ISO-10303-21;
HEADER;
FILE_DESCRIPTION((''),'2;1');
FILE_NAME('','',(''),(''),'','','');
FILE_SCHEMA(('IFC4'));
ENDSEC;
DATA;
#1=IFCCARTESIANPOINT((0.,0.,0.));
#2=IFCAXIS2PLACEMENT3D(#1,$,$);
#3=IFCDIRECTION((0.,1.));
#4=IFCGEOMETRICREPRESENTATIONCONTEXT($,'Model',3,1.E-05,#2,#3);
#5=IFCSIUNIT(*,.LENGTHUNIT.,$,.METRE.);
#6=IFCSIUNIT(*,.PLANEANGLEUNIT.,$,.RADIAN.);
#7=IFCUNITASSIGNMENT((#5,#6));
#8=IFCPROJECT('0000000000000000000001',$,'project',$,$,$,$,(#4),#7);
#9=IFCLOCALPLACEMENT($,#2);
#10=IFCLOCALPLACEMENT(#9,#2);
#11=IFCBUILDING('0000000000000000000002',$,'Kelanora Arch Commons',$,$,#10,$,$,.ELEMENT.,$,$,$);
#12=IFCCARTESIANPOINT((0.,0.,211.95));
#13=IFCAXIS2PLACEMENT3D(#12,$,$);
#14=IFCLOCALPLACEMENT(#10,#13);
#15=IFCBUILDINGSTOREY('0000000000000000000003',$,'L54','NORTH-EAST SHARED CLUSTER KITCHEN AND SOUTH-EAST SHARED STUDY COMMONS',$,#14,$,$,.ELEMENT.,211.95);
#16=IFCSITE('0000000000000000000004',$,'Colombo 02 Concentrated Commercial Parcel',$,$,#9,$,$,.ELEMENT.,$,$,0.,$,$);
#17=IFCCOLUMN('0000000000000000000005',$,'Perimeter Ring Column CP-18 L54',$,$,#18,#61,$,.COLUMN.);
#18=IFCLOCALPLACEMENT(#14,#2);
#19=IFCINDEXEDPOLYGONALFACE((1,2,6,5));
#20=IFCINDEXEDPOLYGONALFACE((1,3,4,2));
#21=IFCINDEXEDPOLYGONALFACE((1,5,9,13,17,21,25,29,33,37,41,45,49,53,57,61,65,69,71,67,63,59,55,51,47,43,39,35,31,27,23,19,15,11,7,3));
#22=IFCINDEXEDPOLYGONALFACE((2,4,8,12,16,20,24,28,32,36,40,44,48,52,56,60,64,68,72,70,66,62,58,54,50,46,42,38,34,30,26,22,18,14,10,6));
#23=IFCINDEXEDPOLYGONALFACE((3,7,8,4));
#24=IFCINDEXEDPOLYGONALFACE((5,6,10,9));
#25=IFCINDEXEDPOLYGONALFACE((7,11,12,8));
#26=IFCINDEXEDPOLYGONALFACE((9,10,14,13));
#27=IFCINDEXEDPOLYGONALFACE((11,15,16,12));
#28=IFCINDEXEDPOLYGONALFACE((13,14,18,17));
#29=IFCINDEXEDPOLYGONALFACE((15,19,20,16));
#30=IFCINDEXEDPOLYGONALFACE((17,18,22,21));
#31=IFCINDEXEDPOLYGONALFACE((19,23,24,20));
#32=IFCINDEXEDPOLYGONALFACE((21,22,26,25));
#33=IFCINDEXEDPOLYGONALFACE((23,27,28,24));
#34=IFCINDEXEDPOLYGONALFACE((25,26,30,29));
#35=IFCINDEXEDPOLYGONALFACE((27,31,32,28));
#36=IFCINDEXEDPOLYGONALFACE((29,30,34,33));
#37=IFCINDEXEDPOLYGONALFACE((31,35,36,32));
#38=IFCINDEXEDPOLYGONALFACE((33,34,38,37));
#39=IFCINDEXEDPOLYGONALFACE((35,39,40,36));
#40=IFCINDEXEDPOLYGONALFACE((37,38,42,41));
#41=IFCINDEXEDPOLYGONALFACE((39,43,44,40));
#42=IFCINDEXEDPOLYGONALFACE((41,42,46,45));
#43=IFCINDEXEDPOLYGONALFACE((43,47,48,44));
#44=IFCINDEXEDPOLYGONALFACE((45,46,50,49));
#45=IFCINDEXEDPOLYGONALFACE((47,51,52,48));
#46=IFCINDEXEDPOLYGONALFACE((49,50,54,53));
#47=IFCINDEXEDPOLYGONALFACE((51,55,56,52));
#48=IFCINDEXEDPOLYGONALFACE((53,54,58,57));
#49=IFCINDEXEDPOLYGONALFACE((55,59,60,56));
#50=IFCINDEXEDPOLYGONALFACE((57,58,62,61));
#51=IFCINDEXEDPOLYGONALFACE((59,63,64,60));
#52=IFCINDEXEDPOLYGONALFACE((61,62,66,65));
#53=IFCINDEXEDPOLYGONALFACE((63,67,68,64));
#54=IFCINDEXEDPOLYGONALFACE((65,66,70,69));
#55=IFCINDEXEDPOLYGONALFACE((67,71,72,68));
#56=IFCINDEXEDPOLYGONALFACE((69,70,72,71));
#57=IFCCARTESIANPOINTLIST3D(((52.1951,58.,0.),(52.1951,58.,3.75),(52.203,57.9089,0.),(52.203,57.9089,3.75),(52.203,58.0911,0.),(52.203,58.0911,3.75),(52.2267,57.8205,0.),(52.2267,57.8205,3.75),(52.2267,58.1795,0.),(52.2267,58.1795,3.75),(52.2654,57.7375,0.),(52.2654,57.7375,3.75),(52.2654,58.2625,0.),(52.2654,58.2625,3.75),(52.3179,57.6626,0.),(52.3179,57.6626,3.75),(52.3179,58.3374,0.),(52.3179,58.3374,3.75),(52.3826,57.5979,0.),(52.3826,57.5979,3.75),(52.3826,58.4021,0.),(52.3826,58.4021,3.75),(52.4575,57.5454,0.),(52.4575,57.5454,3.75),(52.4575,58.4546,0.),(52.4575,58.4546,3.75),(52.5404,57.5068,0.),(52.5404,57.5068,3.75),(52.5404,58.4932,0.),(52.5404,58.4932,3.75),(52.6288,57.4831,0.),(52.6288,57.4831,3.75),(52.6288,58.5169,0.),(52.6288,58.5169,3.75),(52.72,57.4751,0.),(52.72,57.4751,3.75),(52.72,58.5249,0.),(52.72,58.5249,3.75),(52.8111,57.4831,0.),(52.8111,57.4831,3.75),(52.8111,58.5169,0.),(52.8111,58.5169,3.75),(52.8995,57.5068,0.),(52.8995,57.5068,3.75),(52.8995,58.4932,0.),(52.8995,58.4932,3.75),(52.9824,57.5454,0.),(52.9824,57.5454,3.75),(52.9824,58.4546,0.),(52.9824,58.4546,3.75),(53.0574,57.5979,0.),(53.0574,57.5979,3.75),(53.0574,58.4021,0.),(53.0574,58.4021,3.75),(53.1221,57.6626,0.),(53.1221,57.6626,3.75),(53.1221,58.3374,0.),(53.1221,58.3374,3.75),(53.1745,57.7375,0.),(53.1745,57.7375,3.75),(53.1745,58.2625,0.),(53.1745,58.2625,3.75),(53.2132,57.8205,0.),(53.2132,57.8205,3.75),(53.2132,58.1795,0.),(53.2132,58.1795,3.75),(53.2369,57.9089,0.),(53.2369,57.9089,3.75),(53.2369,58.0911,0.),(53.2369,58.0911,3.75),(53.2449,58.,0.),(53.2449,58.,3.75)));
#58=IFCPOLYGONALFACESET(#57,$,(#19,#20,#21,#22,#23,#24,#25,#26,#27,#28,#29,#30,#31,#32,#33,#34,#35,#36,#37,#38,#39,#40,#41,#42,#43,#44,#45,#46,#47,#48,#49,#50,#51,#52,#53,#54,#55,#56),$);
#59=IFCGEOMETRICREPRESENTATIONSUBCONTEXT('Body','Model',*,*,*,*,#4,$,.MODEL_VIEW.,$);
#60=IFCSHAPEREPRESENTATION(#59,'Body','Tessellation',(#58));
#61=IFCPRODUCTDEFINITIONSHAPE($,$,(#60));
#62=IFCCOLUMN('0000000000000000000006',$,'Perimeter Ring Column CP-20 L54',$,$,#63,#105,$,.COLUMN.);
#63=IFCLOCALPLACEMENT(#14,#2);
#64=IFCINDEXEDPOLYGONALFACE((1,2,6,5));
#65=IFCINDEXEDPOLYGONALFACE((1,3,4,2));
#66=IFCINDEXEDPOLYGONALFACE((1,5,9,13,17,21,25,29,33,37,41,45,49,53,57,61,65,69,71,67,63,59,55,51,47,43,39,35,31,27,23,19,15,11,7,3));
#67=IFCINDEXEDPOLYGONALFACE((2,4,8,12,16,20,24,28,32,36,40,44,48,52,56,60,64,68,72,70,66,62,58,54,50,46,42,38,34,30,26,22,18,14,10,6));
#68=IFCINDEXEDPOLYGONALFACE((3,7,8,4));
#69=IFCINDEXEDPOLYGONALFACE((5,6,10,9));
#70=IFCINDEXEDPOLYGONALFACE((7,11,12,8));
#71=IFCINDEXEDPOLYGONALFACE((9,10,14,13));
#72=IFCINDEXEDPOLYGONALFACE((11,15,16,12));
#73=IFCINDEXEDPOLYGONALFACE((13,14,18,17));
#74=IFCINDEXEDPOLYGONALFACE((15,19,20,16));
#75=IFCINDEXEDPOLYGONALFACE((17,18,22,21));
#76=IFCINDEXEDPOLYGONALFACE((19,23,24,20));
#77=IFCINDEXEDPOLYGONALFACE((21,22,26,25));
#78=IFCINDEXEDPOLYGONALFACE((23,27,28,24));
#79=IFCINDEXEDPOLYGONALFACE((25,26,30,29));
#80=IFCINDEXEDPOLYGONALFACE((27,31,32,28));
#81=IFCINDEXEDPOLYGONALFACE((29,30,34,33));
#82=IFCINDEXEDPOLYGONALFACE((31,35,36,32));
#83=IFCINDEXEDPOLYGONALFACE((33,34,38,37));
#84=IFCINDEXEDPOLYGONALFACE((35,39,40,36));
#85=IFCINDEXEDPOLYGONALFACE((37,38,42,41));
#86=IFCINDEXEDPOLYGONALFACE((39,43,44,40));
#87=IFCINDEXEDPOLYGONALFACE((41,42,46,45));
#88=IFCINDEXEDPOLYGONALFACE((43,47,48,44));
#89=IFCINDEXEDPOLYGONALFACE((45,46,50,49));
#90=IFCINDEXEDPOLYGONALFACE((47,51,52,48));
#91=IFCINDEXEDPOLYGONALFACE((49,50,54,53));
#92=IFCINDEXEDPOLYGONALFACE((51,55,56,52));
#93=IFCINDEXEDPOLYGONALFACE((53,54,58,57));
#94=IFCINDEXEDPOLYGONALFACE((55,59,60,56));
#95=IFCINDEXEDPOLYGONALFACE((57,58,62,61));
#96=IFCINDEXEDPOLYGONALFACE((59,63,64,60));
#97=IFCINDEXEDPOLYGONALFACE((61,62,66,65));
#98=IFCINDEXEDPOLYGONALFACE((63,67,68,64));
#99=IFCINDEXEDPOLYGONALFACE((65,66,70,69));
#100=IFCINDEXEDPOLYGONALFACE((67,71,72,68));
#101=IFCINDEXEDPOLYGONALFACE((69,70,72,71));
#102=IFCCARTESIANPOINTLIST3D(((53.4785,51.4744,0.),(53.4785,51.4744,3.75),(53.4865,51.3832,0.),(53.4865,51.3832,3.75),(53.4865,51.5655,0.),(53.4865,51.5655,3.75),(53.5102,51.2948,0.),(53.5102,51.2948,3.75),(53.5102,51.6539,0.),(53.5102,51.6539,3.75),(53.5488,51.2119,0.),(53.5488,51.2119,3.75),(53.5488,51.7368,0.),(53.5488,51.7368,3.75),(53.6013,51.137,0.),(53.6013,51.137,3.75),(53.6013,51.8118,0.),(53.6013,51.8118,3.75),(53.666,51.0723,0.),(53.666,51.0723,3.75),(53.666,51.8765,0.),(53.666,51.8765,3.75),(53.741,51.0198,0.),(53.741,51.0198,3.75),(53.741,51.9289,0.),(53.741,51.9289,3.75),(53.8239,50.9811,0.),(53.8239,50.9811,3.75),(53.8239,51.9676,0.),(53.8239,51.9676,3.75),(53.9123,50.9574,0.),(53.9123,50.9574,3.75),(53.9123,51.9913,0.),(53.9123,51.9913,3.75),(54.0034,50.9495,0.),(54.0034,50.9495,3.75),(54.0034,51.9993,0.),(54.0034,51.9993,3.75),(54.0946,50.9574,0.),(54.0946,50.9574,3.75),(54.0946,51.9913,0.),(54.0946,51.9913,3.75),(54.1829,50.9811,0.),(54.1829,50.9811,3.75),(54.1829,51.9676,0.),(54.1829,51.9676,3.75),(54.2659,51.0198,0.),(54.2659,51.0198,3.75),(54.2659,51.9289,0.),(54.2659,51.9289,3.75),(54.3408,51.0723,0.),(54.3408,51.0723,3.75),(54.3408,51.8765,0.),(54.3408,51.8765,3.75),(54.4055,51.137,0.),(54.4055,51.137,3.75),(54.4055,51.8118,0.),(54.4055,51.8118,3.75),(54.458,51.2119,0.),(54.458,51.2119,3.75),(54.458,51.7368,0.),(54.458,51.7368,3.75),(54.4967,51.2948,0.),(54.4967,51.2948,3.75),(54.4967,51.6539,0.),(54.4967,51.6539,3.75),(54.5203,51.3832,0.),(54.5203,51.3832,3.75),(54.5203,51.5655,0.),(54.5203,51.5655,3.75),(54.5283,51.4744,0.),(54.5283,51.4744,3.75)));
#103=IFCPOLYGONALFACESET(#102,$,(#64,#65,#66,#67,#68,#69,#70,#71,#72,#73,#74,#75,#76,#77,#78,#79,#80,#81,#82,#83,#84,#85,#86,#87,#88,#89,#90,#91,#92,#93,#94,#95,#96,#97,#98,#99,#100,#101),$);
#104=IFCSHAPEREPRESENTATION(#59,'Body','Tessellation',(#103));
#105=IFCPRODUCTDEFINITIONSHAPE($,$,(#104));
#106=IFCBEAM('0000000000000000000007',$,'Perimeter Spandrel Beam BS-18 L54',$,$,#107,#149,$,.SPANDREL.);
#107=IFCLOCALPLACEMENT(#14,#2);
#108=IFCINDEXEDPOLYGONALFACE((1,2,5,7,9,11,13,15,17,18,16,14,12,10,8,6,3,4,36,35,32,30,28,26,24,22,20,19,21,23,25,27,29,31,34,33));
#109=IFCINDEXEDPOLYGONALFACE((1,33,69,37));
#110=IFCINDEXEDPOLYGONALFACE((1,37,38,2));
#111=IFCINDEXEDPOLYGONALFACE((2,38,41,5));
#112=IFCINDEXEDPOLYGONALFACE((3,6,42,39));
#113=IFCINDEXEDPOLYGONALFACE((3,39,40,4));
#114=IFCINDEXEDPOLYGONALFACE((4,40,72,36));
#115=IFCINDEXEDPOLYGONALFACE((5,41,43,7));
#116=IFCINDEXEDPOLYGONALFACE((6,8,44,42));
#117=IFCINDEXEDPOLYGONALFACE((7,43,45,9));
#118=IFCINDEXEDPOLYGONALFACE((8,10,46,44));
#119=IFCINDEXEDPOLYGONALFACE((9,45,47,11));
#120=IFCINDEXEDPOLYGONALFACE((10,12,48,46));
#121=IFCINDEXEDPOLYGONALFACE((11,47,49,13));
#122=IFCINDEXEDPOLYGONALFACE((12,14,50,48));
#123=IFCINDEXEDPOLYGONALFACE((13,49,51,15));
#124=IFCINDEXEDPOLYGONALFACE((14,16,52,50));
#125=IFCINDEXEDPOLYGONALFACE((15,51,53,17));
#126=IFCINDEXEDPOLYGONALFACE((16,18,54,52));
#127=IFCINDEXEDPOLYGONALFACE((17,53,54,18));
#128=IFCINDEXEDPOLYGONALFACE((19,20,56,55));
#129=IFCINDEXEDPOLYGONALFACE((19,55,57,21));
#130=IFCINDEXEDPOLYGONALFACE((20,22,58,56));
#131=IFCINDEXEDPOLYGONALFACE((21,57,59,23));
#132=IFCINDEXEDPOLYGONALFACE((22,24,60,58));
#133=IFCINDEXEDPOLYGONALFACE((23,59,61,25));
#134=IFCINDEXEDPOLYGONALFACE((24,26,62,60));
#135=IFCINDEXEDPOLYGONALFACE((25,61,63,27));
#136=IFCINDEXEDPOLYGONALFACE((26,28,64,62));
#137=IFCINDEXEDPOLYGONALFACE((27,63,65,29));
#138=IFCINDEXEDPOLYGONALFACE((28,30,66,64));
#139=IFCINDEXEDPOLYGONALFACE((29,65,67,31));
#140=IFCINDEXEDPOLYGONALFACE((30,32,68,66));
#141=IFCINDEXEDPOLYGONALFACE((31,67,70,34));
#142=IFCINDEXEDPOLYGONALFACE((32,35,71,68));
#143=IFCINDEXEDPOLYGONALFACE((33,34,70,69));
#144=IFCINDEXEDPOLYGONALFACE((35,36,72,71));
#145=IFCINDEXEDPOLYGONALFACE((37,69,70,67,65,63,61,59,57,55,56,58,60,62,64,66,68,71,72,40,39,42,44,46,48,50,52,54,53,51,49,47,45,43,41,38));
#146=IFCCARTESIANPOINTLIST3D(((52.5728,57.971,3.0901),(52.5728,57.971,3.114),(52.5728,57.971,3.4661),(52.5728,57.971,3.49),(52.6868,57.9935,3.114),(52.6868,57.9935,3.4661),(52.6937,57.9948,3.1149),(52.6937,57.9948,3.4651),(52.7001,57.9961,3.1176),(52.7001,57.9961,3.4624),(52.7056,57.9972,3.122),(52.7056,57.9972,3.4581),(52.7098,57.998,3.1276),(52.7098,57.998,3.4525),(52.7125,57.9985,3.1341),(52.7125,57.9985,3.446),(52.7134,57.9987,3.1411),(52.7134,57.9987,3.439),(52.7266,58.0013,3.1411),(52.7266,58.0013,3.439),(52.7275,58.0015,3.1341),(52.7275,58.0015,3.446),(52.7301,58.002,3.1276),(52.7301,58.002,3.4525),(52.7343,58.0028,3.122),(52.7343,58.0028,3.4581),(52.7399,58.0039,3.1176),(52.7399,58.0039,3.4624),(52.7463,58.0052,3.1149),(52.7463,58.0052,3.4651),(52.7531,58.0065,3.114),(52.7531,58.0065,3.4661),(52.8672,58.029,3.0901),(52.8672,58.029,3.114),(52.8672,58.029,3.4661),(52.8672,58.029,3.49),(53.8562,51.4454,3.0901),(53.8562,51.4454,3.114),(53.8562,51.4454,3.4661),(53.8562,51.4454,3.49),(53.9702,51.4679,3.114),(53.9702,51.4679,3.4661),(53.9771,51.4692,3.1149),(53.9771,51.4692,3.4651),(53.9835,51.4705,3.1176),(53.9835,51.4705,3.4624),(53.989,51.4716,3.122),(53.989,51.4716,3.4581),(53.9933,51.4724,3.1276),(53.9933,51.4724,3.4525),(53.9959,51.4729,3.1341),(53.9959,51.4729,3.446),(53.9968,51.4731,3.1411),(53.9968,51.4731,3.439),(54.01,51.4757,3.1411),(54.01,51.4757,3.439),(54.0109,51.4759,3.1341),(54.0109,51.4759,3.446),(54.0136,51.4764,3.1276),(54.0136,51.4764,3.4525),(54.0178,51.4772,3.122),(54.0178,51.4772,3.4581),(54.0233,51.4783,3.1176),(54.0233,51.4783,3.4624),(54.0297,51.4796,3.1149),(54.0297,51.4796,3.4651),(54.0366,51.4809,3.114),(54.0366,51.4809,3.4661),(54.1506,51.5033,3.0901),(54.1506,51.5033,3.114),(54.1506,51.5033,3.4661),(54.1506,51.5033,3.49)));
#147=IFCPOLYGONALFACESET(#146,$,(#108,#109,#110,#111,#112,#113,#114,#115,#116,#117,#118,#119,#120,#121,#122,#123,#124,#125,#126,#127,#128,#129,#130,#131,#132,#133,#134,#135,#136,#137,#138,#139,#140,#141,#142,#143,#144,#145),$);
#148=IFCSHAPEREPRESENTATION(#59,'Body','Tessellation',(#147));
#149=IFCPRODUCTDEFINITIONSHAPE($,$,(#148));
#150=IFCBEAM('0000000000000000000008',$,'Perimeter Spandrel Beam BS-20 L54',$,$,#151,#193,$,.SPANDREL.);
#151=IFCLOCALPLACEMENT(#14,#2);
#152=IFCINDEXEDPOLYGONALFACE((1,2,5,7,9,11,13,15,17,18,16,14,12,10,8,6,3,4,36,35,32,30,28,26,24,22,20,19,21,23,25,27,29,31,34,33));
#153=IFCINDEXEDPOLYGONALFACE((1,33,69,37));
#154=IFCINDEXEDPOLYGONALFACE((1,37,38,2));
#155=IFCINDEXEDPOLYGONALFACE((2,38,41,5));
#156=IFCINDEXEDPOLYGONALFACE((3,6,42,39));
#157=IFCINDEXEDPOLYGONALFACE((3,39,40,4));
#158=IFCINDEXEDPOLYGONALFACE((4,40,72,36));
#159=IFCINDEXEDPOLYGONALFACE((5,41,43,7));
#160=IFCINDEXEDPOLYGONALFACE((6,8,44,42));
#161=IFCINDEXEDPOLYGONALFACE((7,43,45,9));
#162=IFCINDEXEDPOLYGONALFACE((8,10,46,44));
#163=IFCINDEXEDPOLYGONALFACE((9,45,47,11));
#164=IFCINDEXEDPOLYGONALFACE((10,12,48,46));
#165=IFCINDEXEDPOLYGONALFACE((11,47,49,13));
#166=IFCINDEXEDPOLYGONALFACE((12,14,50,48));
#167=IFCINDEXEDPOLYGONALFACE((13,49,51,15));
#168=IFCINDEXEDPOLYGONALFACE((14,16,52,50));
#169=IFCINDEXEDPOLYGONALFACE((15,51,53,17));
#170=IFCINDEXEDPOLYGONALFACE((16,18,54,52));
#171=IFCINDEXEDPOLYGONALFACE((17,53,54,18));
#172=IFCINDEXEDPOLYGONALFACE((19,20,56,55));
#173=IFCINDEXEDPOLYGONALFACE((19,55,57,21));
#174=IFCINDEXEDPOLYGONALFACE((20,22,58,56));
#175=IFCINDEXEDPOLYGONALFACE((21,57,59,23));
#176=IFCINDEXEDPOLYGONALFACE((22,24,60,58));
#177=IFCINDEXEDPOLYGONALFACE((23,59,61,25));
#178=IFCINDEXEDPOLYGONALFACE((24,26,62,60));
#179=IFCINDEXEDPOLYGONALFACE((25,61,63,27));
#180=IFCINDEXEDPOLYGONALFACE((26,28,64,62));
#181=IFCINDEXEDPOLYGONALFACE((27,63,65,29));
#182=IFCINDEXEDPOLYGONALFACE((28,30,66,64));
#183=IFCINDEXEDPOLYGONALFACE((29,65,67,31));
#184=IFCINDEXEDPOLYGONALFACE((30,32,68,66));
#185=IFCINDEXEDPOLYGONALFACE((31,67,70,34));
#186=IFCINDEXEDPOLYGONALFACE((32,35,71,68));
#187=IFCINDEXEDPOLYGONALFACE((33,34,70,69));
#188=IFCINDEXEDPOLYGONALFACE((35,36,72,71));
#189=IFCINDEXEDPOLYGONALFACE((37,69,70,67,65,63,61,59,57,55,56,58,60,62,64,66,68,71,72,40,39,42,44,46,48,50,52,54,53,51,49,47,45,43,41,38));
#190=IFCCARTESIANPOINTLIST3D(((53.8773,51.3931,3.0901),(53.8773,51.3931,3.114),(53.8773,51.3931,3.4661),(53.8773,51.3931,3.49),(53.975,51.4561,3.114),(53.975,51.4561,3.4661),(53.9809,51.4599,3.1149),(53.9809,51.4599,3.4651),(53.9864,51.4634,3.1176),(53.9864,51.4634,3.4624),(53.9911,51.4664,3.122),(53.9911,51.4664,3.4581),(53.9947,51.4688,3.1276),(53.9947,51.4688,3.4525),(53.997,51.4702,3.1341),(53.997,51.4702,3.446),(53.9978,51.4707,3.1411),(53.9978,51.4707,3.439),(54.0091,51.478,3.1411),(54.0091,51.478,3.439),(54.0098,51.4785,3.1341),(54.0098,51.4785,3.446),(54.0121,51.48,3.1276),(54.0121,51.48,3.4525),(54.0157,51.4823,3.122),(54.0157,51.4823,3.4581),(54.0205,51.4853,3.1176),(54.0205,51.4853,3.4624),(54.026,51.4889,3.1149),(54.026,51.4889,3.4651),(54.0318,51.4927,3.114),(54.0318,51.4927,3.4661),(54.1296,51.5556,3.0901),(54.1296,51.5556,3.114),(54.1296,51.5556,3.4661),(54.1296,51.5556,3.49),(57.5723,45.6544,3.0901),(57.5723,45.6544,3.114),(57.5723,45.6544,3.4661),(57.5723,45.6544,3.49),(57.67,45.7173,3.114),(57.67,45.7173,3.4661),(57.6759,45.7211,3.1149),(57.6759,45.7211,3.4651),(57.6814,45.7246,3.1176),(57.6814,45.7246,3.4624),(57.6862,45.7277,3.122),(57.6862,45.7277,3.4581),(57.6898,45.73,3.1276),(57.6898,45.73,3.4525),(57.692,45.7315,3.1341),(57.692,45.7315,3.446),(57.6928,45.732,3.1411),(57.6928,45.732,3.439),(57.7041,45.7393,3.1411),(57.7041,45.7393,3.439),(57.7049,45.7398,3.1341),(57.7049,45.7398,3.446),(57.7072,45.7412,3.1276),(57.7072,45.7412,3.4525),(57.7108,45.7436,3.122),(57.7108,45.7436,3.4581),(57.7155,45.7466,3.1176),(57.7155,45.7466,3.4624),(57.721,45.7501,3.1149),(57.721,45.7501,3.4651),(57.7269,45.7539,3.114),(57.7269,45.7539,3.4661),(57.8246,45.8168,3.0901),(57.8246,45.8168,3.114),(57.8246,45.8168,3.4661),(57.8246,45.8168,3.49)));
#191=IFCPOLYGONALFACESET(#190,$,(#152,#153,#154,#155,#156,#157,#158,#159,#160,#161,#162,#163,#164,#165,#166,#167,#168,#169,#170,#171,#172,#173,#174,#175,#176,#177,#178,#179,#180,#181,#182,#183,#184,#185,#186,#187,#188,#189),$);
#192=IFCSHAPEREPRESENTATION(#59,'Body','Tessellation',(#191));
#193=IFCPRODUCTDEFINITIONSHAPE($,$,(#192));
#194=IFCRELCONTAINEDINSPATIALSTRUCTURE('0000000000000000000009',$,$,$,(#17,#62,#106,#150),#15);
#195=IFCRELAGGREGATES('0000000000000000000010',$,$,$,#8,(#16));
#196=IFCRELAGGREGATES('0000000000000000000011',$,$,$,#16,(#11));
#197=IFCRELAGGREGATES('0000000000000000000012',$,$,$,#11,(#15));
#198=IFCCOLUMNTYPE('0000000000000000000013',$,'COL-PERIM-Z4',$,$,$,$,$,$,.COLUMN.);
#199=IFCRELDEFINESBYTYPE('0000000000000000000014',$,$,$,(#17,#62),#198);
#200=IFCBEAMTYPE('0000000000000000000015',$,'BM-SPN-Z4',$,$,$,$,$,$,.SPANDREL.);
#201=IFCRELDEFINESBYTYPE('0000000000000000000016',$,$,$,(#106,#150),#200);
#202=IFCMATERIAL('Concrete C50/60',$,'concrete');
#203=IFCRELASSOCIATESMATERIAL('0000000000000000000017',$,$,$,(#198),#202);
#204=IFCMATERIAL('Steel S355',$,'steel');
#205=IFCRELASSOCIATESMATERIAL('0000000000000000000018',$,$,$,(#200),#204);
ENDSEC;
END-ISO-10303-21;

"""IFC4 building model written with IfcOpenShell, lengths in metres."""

from ifc_helpers import new_model, si_unit, direction, frame, origin, origin_2d, place, context, subcontext, project, spatial, circle, i_section, extrude, material, material_profile, profile_set, type_object, element, save


model = new_model("IFC4")

# Units and contexts
model_context = context("Model", 3, precision=1e-05, world=origin(), true_north=direction((0.0, 1.0)))
body_context = subcontext(model_context, "Body", "Model", "MODEL_VIEW")
ifc_project = project(units=[si_unit("LENGTHUNIT", "METRE"), si_unit("PLANEANGLEUNIT", "RADIAN")], contexts=[model_context])

# Site, building, storey
site_placement = place(None, origin())
site = spatial("IfcSite", under=ifc_project, at=site_placement, Name="Colombo 02 Concentrated Commercial Parcel", CompositionType="ELEMENT", RefElevation=0.0)
building_placement = place(site_placement, origin())
building = spatial("IfcBuilding", under=site, at=building_placement, Name="Kelanora Arch Commons", CompositionType="ELEMENT")
storey_placement = place(building_placement, frame((0.0, 0.0, 211.95)))
storey = spatial("IfcBuildingStorey", under=building, at=storey_placement, Name="L54", Description="NORTH-EAST SHARED CLUSTER KITCHEN AND SOUTH-EAST SHARED STUDY COMMONS", CompositionType="ELEMENT", Elevation=211.95)

# Columns
ifc_material_1 = material(Name="Concrete C50/60", Category="concrete")
ifc_material_profile_1 = material_profile(ifc_material_1, circle(Radius=0.5249, at=origin_2d()), Name="RCC1050")
ifc_profile_set_1 = profile_set([ifc_material_profile_1], Name="Concrete C50/60")
column_type = type_object("IfcColumnType", Name="COL-PERIM-Z4", PredefinedType="COLUMN", material=ifc_profile_set_1)
for number, where, z_axis, x_axis, name in (
    (1, (52.72, 58.0, 0.0), (0.0, 0.0, 1.0), (1.0, 0.0, 0.0), "Perimeter Ring Column CP-18 L54"),
    (2, (54.0034, 51.4744, 0.0), (0.0, 0.0, 1.0), (1.0, 0.0, 0.0), "Perimeter Ring Column CP-20 L54"),
):
    element("IfcColumn", number, at=place(storey_placement, frame(where, z_axis=z_axis, x_axis=x_axis)), inside=storey, type_object=column_type, Name=name, PredefinedType="COLUMN", context=body_context, shape_type="SweptSolid", body=[
        extrude(circle(Radius=0.5249, at=origin_2d()), origin(), (0.0, 0.0, 1.0), 3.75),
    ])

# Beams
ifc_material_2 = material(Name="Steel S355", Category="steel")
ifc_material_profile_2 = material_profile(ifc_material_2, i_section(OverallWidth=0.3, OverallDepth=0.3999, WebThickness=0.0134, FlangeThickness=0.0239, FilletRadius=0.0271, at=origin_2d()), Name="HEB400")
ifc_profile_set_2 = profile_set([ifc_material_profile_2], Name="Steel S355")
beam_type = type_object("IfcBeamType", Name="BM-SPN-Z4", PredefinedType="SPANDREL", material=ifc_profile_set_2)
beam_1_placement = place(storey_placement, frame((52.72, 58.0, 3.29), z_axis=(0.192981, -0.981203, 0.0), x_axis=(0.981203, 0.192981, 0.0)))
element("IfcBeam", 3, at=beam_1_placement, inside=storey, type_object=beam_type, Name="Perimeter Spandrel Beam BS-18 L54", PredefinedType="SPANDREL", context=body_context, shape_type="SweptSolid", body=[
    extrude(i_section(OverallWidth=0.3, OverallDepth=0.3999, WebThickness=0.0134, FlangeThickness=0.0239, FilletRadius=0.0271, at=origin_2d()), origin(), (0.0, 0.0, 1.0), 6.6506),
])
beam_2_placement = place(storey_placement, frame((54.0034, 51.4744, 3.29), z_axis=(0.541365, -0.840788, 0.0), x_axis=(0.840788, 0.541365, 0.0)))
element("IfcBeam", 4, at=beam_2_placement, inside=storey, type_object=beam_type, Name="Perimeter Spandrel Beam BS-20 L54", PredefinedType="SPANDREL", context=body_context, shape_type="SweptSolid", body=[
    extrude(i_section(OverallWidth=0.3, OverallDepth=0.3999, WebThickness=0.0134, FlangeThickness=0.0239, FilletRadius=0.0271, at=origin_2d()), origin(), (0.0, 0.0, 1.0), 6.8254),
])

save(model, "model.ifc")
